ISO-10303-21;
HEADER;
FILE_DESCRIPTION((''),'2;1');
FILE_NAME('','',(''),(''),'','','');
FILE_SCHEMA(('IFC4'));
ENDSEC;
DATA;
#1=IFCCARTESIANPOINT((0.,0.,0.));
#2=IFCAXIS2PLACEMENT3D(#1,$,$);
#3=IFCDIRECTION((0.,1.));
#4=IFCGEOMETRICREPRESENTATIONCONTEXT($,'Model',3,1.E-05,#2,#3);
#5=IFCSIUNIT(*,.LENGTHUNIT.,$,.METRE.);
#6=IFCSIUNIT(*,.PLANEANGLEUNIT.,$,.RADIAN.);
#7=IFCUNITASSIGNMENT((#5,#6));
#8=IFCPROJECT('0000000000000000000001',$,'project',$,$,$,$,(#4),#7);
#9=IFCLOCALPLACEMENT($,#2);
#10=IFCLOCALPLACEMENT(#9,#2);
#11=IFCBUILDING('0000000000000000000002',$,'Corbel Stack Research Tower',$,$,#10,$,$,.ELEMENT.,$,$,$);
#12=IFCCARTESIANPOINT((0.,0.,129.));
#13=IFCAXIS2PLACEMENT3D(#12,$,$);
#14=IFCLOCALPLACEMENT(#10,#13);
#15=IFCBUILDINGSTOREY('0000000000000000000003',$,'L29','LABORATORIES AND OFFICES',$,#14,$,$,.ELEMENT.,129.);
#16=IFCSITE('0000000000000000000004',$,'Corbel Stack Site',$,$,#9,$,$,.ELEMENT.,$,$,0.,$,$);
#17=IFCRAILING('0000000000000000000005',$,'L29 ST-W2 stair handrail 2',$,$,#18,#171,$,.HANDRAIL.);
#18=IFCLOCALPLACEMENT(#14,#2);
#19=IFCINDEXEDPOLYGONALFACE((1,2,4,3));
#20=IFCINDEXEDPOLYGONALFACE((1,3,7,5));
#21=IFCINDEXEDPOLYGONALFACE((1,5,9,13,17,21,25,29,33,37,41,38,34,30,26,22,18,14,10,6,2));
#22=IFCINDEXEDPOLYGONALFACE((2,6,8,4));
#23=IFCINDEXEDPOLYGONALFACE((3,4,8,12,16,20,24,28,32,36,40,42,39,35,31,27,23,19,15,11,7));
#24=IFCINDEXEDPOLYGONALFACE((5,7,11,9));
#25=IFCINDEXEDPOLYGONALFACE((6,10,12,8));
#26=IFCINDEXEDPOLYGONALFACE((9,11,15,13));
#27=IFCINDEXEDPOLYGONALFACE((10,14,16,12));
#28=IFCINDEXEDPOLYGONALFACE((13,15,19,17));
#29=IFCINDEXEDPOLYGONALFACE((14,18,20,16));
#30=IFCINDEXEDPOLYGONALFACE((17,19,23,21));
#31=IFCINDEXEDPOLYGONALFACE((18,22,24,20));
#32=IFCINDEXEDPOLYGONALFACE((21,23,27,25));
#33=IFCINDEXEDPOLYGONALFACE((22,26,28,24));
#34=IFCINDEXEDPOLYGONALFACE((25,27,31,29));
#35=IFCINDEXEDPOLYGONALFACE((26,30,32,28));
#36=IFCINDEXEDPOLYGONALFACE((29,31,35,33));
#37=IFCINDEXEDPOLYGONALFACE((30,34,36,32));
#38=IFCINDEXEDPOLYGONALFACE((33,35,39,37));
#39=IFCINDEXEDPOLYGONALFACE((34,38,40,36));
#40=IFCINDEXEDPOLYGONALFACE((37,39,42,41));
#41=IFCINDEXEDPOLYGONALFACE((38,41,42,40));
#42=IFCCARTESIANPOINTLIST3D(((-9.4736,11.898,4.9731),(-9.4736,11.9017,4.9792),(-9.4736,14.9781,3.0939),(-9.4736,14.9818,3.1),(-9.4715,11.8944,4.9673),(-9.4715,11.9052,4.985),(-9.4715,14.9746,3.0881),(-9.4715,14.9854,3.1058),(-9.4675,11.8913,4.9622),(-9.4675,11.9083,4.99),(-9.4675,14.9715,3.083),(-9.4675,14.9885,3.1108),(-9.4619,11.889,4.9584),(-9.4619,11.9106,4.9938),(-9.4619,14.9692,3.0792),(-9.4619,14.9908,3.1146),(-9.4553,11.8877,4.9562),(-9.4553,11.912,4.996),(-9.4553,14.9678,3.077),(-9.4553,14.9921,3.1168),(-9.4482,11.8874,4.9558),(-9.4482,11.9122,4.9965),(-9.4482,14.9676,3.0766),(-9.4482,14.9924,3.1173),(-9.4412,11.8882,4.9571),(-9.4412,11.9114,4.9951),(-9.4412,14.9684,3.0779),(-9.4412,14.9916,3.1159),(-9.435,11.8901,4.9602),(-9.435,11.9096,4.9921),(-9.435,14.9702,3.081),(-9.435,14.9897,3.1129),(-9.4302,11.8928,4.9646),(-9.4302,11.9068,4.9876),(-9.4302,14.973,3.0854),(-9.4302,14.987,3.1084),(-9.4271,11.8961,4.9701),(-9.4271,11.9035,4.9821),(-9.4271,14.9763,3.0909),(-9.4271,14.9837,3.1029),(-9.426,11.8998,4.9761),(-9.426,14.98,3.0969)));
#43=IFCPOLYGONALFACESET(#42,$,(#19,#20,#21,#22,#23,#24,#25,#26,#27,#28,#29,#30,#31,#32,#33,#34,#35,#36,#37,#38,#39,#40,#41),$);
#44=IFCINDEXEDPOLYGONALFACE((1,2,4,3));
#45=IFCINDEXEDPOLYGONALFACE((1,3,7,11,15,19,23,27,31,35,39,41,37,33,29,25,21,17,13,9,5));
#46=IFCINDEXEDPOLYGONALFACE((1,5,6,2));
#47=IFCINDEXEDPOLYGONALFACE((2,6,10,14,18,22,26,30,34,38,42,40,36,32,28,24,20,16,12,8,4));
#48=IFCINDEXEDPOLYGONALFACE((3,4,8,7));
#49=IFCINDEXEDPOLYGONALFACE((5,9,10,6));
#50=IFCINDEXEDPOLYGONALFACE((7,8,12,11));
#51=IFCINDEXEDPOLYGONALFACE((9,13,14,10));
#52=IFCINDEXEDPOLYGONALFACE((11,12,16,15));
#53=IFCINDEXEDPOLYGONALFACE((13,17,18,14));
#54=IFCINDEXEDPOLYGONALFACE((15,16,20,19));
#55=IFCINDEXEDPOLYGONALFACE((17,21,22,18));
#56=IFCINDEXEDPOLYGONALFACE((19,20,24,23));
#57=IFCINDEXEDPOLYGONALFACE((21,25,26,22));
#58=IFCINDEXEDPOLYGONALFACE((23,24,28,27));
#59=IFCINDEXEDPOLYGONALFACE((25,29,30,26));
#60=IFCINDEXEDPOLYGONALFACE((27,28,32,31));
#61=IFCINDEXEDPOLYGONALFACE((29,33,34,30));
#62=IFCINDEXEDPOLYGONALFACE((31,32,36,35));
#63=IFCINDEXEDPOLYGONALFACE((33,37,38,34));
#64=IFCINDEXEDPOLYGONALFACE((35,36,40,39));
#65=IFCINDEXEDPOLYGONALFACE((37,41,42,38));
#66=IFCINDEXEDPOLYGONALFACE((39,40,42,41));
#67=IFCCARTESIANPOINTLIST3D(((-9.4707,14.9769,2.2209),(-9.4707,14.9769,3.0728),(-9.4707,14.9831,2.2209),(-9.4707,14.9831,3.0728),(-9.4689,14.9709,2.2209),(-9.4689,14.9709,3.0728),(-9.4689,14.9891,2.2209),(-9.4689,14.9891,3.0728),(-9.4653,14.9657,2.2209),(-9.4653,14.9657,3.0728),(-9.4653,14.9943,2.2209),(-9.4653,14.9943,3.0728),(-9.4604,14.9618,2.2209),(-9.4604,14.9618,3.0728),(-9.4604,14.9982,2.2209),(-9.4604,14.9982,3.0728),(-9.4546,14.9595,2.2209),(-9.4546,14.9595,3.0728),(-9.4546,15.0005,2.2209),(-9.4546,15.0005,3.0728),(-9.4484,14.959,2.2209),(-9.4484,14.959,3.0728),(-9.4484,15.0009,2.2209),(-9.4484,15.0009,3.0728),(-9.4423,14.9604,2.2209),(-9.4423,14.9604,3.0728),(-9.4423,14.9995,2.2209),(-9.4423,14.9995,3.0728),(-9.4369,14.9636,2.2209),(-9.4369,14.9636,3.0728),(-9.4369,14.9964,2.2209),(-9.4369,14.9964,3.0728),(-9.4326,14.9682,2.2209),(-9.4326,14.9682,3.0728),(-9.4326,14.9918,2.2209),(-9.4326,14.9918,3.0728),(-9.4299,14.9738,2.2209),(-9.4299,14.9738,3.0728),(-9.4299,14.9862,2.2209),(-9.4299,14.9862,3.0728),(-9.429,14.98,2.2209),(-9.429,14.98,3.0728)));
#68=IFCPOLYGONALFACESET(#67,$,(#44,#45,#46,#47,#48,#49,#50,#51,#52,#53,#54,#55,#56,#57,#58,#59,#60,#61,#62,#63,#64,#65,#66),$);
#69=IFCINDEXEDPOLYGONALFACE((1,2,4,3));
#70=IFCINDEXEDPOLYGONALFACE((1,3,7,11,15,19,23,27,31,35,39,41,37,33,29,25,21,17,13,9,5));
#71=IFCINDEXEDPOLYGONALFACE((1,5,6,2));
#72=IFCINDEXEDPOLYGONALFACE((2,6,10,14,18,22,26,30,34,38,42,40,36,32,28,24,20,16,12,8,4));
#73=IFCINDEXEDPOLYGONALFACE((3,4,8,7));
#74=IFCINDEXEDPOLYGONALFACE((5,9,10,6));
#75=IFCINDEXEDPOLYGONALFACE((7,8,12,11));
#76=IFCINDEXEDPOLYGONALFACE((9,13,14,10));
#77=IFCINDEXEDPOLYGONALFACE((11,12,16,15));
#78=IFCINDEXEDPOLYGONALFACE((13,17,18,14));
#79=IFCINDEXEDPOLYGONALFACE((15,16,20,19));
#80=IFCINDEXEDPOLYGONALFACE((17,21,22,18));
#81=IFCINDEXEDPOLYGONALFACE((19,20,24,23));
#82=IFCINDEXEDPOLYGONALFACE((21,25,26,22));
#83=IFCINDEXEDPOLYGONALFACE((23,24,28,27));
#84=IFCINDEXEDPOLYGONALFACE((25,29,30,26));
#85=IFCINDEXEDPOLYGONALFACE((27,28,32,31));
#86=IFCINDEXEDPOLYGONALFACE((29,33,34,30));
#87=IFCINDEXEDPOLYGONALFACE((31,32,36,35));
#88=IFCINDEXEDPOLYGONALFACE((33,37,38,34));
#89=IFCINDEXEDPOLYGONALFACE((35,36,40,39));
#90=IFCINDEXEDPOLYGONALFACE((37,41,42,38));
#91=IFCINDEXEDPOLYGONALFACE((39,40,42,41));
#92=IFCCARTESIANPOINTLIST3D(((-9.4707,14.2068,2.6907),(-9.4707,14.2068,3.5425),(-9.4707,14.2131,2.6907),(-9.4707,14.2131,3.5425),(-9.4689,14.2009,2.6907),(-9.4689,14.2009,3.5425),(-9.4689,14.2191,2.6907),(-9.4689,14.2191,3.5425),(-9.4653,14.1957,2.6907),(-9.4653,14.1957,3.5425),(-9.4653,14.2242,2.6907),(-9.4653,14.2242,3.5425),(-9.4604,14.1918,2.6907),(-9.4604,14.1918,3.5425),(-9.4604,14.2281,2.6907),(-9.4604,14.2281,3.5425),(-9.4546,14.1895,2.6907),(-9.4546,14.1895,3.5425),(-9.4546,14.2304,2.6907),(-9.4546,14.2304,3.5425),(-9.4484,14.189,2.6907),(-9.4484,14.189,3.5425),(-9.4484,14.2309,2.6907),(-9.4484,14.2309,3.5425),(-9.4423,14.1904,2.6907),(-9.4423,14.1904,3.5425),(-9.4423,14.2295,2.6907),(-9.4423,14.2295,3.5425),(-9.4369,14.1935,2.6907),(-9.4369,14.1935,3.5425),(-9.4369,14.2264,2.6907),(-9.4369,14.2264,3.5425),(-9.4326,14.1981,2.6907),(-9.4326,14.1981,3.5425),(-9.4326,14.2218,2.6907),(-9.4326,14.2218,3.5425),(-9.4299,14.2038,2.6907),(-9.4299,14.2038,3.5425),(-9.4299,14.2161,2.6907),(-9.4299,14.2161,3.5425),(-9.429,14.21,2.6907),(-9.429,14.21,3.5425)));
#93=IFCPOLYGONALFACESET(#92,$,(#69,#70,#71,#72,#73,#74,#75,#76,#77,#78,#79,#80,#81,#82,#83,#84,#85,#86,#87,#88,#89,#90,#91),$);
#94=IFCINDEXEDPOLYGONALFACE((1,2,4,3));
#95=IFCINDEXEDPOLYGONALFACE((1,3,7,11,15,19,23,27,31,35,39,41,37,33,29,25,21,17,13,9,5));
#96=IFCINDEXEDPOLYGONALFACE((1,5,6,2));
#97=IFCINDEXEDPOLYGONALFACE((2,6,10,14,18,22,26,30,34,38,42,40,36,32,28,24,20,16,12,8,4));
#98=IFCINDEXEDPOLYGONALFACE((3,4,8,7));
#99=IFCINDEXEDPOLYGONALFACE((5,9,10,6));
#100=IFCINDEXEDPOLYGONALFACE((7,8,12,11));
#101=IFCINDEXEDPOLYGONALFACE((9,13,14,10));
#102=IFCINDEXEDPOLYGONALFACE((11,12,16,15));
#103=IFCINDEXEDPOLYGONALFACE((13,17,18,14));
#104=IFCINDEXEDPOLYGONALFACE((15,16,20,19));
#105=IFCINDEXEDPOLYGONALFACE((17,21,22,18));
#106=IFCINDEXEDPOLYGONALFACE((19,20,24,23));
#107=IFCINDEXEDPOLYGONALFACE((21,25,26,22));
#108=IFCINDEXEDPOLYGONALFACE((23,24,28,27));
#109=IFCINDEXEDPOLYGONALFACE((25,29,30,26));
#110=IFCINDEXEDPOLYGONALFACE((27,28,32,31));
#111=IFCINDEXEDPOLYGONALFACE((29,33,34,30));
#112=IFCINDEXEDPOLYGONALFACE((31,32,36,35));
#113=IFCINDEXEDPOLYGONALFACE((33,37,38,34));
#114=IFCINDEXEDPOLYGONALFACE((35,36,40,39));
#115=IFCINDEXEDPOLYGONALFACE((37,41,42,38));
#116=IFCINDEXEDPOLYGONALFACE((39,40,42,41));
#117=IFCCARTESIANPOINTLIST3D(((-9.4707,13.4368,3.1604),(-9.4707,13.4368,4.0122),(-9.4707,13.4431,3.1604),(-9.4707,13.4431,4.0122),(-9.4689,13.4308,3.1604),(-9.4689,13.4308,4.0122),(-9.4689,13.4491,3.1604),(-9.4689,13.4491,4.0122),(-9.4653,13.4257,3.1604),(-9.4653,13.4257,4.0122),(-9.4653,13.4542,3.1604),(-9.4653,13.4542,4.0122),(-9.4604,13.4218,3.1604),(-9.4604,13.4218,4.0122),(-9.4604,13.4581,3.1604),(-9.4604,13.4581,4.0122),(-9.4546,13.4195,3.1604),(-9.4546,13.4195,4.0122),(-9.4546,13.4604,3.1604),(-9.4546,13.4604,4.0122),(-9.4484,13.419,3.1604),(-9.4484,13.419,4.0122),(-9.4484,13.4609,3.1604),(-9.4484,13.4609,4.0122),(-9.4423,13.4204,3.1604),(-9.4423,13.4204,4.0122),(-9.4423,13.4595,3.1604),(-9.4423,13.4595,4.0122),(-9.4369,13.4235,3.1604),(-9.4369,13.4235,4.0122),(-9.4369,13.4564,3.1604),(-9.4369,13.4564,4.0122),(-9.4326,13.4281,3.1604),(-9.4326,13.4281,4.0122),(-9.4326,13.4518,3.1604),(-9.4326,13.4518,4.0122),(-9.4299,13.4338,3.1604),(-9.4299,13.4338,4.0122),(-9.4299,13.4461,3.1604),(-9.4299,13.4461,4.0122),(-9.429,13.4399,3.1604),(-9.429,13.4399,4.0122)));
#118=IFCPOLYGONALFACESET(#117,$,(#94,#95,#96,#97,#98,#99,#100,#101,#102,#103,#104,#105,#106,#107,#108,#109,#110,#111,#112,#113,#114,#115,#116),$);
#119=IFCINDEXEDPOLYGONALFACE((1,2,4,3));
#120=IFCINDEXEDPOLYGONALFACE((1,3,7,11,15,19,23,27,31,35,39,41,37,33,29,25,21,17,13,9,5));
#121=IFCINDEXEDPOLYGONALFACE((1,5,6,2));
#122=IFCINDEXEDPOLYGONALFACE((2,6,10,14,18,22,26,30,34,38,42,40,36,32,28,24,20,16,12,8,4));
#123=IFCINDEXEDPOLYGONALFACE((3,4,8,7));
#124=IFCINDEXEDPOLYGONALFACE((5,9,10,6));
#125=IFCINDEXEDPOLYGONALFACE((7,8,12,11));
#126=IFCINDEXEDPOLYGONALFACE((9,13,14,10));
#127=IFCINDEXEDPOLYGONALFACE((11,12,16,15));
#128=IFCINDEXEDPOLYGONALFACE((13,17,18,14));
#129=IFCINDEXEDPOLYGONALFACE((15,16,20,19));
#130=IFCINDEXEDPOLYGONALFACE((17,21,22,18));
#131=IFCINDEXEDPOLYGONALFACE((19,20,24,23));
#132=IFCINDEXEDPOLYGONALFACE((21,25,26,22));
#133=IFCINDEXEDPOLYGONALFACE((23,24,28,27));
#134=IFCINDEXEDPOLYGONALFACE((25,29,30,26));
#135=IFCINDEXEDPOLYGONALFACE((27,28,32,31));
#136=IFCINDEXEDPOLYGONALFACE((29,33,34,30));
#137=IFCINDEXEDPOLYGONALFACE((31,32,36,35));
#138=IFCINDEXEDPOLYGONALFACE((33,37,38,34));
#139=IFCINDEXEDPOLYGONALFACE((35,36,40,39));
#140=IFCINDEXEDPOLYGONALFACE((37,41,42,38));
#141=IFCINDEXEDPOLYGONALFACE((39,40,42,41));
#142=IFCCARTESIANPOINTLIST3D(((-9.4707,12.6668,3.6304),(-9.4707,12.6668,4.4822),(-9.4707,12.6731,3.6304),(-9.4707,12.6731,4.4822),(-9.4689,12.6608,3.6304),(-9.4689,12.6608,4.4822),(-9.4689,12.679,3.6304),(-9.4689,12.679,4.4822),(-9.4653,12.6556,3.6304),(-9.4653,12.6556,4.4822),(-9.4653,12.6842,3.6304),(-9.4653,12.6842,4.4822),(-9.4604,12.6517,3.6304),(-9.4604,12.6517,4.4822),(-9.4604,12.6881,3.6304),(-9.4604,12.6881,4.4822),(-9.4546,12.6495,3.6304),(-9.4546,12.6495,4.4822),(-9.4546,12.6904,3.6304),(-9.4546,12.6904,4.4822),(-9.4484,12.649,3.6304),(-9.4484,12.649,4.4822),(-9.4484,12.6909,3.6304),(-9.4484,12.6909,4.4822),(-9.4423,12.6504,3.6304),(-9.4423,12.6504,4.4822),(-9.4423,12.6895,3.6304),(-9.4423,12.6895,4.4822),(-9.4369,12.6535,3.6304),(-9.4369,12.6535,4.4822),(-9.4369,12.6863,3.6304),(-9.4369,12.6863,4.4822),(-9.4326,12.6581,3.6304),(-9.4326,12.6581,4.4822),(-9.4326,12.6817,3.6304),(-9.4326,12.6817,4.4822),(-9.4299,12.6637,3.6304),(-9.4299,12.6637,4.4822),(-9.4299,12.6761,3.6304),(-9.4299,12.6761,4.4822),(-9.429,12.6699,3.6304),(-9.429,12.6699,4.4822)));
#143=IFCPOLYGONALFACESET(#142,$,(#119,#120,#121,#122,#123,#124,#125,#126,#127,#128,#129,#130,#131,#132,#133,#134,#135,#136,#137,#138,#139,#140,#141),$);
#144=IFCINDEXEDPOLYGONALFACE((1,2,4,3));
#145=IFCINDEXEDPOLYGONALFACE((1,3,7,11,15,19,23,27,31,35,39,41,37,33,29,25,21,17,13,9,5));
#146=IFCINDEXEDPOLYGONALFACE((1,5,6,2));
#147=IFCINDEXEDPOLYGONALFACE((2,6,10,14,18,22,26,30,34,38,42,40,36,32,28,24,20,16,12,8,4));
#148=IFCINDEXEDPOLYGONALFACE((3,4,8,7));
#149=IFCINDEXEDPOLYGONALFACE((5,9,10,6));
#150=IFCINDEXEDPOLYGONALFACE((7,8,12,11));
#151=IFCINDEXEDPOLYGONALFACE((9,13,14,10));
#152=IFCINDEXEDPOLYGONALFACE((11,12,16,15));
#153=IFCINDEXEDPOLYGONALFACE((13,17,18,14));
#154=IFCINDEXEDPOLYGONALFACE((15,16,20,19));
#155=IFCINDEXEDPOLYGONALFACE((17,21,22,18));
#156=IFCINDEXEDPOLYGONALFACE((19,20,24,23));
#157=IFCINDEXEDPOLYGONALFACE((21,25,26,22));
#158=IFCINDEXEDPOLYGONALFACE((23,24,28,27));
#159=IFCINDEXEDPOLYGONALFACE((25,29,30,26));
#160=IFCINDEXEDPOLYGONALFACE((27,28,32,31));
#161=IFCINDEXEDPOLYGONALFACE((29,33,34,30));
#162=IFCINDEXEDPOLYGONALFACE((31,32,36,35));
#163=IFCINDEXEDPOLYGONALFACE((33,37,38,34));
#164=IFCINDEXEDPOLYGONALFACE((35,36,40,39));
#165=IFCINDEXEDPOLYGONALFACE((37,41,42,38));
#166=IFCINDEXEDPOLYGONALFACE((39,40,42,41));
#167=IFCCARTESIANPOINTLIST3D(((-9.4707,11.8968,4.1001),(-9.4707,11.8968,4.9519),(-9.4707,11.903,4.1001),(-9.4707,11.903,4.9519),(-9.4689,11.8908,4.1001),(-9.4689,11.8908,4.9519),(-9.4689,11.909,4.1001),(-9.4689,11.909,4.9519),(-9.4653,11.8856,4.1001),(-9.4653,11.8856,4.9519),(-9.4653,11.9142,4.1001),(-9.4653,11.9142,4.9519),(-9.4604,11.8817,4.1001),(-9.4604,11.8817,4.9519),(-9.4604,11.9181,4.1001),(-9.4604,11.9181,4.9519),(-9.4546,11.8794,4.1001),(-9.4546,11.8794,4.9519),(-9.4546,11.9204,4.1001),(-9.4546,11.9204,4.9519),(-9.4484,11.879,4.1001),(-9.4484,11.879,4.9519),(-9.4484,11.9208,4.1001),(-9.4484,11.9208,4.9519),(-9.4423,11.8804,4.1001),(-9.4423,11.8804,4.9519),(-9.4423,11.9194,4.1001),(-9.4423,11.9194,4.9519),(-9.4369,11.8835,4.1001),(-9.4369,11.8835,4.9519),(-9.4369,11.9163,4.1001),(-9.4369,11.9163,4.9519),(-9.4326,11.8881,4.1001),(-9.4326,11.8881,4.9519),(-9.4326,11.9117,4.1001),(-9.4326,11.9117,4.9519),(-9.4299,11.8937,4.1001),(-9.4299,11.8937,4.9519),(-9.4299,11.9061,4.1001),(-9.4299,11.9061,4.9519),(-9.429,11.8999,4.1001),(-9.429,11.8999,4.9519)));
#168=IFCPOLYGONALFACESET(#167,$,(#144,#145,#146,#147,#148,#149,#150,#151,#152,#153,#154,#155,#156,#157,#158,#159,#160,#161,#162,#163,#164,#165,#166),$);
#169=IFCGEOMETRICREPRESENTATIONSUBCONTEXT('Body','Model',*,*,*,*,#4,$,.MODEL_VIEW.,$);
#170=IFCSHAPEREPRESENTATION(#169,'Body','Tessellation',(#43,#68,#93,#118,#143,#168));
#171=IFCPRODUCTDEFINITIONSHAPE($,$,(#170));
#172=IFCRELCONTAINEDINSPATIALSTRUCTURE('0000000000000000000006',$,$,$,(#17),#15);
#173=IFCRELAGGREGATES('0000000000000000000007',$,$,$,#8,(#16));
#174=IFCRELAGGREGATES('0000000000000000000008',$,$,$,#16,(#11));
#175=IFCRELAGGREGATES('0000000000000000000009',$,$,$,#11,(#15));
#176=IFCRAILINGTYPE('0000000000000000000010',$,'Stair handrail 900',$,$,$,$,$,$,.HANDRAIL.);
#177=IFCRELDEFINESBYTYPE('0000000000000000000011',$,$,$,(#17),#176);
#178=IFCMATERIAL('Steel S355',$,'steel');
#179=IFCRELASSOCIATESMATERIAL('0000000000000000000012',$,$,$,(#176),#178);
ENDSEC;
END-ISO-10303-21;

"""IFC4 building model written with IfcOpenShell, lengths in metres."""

from ifc_helpers import new_model, si_unit, direction, frame, origin, origin_2d, place, context, subcontext, project, spatial, circle, extrude, material, type_object, element, save


model = new_model("IFC4")

# Units and contexts
model_context = context("Model", 3, precision=1e-05, world=origin(), true_north=direction((0.0, 1.0)))
body_context = subcontext(model_context, "Body", "Model", "MODEL_VIEW")
ifc_project = project(units=[si_unit("LENGTHUNIT", "METRE"), si_unit("PLANEANGLEUNIT", "RADIAN")], contexts=[model_context])

# Site, building, storey
site_placement = place(None, origin())
site = spatial("IfcSite", under=ifc_project, at=site_placement, Name="Corbel Stack Site", CompositionType="ELEMENT", RefElevation=0.0)
building_placement = place(site_placement, origin())
building = spatial("IfcBuilding", under=site, at=building_placement, Name="Corbel Stack Research Tower", CompositionType="ELEMENT")
storey_placement = place(building_placement, frame((0.0, 0.0, 129.0)))
storey = spatial("IfcBuildingStorey", under=building, at=storey_placement, Name="L29", Description="LABORATORIES AND OFFICES", CompositionType="ELEMENT", Elevation=129.0)

# Railing
ifc_material_1 = material(Name="Steel S355", Category="steel")
railing_type_1 = type_object("IfcRailingType", Name="Stair handrail 900", PredefinedType="HANDRAIL", material=ifc_material_1)
railing_1_placement = place(storey_placement, frame((-9.45, 14.98, 2.2209)))
element("IfcRailing", 1, at=railing_1_placement, inside=storey, type_object=railing_type_1, Name="L29 ST-W2 stair handrail 2", PredefinedType="HANDRAIL", context=body_context, shape_type="SweptSolid", body=[
    extrude(circle(Radius=0.0239, at=origin_2d()), frame((0.0, 0.0, 0.876), z_axis=(0.0, -0.853666, 0.52082), x_axis=(1.0, 0.0, 0.0)), (0.0, 0.0, 1.0), 3.6082),
    extrude(circle(Radius=0.021, at=origin_2d()), origin(), (0.0, 0.0, 1.0), 0.8518),
    extrude(circle(Radius=0.021, at=origin_2d()), frame((0.0, -0.77, 0.4697)), (0.0, 0.0, 1.0), 0.8518),
    extrude(circle(Radius=0.021, at=origin_2d()), frame((0.0, -1.54, 0.9395)), (0.0, 0.0, 1.0), 0.8518),
    extrude(circle(Radius=0.021, at=origin_2d()), frame((0.0, -2.3101, 1.4094)), (0.0, 0.0, 1.0), 0.8518),
    extrude(circle(Radius=0.021, at=origin_2d()), frame((0.0, -3.0801, 1.8792)), (0.0, 0.0, 1.0), 0.8518),
])

save(model, "model.ifc")
